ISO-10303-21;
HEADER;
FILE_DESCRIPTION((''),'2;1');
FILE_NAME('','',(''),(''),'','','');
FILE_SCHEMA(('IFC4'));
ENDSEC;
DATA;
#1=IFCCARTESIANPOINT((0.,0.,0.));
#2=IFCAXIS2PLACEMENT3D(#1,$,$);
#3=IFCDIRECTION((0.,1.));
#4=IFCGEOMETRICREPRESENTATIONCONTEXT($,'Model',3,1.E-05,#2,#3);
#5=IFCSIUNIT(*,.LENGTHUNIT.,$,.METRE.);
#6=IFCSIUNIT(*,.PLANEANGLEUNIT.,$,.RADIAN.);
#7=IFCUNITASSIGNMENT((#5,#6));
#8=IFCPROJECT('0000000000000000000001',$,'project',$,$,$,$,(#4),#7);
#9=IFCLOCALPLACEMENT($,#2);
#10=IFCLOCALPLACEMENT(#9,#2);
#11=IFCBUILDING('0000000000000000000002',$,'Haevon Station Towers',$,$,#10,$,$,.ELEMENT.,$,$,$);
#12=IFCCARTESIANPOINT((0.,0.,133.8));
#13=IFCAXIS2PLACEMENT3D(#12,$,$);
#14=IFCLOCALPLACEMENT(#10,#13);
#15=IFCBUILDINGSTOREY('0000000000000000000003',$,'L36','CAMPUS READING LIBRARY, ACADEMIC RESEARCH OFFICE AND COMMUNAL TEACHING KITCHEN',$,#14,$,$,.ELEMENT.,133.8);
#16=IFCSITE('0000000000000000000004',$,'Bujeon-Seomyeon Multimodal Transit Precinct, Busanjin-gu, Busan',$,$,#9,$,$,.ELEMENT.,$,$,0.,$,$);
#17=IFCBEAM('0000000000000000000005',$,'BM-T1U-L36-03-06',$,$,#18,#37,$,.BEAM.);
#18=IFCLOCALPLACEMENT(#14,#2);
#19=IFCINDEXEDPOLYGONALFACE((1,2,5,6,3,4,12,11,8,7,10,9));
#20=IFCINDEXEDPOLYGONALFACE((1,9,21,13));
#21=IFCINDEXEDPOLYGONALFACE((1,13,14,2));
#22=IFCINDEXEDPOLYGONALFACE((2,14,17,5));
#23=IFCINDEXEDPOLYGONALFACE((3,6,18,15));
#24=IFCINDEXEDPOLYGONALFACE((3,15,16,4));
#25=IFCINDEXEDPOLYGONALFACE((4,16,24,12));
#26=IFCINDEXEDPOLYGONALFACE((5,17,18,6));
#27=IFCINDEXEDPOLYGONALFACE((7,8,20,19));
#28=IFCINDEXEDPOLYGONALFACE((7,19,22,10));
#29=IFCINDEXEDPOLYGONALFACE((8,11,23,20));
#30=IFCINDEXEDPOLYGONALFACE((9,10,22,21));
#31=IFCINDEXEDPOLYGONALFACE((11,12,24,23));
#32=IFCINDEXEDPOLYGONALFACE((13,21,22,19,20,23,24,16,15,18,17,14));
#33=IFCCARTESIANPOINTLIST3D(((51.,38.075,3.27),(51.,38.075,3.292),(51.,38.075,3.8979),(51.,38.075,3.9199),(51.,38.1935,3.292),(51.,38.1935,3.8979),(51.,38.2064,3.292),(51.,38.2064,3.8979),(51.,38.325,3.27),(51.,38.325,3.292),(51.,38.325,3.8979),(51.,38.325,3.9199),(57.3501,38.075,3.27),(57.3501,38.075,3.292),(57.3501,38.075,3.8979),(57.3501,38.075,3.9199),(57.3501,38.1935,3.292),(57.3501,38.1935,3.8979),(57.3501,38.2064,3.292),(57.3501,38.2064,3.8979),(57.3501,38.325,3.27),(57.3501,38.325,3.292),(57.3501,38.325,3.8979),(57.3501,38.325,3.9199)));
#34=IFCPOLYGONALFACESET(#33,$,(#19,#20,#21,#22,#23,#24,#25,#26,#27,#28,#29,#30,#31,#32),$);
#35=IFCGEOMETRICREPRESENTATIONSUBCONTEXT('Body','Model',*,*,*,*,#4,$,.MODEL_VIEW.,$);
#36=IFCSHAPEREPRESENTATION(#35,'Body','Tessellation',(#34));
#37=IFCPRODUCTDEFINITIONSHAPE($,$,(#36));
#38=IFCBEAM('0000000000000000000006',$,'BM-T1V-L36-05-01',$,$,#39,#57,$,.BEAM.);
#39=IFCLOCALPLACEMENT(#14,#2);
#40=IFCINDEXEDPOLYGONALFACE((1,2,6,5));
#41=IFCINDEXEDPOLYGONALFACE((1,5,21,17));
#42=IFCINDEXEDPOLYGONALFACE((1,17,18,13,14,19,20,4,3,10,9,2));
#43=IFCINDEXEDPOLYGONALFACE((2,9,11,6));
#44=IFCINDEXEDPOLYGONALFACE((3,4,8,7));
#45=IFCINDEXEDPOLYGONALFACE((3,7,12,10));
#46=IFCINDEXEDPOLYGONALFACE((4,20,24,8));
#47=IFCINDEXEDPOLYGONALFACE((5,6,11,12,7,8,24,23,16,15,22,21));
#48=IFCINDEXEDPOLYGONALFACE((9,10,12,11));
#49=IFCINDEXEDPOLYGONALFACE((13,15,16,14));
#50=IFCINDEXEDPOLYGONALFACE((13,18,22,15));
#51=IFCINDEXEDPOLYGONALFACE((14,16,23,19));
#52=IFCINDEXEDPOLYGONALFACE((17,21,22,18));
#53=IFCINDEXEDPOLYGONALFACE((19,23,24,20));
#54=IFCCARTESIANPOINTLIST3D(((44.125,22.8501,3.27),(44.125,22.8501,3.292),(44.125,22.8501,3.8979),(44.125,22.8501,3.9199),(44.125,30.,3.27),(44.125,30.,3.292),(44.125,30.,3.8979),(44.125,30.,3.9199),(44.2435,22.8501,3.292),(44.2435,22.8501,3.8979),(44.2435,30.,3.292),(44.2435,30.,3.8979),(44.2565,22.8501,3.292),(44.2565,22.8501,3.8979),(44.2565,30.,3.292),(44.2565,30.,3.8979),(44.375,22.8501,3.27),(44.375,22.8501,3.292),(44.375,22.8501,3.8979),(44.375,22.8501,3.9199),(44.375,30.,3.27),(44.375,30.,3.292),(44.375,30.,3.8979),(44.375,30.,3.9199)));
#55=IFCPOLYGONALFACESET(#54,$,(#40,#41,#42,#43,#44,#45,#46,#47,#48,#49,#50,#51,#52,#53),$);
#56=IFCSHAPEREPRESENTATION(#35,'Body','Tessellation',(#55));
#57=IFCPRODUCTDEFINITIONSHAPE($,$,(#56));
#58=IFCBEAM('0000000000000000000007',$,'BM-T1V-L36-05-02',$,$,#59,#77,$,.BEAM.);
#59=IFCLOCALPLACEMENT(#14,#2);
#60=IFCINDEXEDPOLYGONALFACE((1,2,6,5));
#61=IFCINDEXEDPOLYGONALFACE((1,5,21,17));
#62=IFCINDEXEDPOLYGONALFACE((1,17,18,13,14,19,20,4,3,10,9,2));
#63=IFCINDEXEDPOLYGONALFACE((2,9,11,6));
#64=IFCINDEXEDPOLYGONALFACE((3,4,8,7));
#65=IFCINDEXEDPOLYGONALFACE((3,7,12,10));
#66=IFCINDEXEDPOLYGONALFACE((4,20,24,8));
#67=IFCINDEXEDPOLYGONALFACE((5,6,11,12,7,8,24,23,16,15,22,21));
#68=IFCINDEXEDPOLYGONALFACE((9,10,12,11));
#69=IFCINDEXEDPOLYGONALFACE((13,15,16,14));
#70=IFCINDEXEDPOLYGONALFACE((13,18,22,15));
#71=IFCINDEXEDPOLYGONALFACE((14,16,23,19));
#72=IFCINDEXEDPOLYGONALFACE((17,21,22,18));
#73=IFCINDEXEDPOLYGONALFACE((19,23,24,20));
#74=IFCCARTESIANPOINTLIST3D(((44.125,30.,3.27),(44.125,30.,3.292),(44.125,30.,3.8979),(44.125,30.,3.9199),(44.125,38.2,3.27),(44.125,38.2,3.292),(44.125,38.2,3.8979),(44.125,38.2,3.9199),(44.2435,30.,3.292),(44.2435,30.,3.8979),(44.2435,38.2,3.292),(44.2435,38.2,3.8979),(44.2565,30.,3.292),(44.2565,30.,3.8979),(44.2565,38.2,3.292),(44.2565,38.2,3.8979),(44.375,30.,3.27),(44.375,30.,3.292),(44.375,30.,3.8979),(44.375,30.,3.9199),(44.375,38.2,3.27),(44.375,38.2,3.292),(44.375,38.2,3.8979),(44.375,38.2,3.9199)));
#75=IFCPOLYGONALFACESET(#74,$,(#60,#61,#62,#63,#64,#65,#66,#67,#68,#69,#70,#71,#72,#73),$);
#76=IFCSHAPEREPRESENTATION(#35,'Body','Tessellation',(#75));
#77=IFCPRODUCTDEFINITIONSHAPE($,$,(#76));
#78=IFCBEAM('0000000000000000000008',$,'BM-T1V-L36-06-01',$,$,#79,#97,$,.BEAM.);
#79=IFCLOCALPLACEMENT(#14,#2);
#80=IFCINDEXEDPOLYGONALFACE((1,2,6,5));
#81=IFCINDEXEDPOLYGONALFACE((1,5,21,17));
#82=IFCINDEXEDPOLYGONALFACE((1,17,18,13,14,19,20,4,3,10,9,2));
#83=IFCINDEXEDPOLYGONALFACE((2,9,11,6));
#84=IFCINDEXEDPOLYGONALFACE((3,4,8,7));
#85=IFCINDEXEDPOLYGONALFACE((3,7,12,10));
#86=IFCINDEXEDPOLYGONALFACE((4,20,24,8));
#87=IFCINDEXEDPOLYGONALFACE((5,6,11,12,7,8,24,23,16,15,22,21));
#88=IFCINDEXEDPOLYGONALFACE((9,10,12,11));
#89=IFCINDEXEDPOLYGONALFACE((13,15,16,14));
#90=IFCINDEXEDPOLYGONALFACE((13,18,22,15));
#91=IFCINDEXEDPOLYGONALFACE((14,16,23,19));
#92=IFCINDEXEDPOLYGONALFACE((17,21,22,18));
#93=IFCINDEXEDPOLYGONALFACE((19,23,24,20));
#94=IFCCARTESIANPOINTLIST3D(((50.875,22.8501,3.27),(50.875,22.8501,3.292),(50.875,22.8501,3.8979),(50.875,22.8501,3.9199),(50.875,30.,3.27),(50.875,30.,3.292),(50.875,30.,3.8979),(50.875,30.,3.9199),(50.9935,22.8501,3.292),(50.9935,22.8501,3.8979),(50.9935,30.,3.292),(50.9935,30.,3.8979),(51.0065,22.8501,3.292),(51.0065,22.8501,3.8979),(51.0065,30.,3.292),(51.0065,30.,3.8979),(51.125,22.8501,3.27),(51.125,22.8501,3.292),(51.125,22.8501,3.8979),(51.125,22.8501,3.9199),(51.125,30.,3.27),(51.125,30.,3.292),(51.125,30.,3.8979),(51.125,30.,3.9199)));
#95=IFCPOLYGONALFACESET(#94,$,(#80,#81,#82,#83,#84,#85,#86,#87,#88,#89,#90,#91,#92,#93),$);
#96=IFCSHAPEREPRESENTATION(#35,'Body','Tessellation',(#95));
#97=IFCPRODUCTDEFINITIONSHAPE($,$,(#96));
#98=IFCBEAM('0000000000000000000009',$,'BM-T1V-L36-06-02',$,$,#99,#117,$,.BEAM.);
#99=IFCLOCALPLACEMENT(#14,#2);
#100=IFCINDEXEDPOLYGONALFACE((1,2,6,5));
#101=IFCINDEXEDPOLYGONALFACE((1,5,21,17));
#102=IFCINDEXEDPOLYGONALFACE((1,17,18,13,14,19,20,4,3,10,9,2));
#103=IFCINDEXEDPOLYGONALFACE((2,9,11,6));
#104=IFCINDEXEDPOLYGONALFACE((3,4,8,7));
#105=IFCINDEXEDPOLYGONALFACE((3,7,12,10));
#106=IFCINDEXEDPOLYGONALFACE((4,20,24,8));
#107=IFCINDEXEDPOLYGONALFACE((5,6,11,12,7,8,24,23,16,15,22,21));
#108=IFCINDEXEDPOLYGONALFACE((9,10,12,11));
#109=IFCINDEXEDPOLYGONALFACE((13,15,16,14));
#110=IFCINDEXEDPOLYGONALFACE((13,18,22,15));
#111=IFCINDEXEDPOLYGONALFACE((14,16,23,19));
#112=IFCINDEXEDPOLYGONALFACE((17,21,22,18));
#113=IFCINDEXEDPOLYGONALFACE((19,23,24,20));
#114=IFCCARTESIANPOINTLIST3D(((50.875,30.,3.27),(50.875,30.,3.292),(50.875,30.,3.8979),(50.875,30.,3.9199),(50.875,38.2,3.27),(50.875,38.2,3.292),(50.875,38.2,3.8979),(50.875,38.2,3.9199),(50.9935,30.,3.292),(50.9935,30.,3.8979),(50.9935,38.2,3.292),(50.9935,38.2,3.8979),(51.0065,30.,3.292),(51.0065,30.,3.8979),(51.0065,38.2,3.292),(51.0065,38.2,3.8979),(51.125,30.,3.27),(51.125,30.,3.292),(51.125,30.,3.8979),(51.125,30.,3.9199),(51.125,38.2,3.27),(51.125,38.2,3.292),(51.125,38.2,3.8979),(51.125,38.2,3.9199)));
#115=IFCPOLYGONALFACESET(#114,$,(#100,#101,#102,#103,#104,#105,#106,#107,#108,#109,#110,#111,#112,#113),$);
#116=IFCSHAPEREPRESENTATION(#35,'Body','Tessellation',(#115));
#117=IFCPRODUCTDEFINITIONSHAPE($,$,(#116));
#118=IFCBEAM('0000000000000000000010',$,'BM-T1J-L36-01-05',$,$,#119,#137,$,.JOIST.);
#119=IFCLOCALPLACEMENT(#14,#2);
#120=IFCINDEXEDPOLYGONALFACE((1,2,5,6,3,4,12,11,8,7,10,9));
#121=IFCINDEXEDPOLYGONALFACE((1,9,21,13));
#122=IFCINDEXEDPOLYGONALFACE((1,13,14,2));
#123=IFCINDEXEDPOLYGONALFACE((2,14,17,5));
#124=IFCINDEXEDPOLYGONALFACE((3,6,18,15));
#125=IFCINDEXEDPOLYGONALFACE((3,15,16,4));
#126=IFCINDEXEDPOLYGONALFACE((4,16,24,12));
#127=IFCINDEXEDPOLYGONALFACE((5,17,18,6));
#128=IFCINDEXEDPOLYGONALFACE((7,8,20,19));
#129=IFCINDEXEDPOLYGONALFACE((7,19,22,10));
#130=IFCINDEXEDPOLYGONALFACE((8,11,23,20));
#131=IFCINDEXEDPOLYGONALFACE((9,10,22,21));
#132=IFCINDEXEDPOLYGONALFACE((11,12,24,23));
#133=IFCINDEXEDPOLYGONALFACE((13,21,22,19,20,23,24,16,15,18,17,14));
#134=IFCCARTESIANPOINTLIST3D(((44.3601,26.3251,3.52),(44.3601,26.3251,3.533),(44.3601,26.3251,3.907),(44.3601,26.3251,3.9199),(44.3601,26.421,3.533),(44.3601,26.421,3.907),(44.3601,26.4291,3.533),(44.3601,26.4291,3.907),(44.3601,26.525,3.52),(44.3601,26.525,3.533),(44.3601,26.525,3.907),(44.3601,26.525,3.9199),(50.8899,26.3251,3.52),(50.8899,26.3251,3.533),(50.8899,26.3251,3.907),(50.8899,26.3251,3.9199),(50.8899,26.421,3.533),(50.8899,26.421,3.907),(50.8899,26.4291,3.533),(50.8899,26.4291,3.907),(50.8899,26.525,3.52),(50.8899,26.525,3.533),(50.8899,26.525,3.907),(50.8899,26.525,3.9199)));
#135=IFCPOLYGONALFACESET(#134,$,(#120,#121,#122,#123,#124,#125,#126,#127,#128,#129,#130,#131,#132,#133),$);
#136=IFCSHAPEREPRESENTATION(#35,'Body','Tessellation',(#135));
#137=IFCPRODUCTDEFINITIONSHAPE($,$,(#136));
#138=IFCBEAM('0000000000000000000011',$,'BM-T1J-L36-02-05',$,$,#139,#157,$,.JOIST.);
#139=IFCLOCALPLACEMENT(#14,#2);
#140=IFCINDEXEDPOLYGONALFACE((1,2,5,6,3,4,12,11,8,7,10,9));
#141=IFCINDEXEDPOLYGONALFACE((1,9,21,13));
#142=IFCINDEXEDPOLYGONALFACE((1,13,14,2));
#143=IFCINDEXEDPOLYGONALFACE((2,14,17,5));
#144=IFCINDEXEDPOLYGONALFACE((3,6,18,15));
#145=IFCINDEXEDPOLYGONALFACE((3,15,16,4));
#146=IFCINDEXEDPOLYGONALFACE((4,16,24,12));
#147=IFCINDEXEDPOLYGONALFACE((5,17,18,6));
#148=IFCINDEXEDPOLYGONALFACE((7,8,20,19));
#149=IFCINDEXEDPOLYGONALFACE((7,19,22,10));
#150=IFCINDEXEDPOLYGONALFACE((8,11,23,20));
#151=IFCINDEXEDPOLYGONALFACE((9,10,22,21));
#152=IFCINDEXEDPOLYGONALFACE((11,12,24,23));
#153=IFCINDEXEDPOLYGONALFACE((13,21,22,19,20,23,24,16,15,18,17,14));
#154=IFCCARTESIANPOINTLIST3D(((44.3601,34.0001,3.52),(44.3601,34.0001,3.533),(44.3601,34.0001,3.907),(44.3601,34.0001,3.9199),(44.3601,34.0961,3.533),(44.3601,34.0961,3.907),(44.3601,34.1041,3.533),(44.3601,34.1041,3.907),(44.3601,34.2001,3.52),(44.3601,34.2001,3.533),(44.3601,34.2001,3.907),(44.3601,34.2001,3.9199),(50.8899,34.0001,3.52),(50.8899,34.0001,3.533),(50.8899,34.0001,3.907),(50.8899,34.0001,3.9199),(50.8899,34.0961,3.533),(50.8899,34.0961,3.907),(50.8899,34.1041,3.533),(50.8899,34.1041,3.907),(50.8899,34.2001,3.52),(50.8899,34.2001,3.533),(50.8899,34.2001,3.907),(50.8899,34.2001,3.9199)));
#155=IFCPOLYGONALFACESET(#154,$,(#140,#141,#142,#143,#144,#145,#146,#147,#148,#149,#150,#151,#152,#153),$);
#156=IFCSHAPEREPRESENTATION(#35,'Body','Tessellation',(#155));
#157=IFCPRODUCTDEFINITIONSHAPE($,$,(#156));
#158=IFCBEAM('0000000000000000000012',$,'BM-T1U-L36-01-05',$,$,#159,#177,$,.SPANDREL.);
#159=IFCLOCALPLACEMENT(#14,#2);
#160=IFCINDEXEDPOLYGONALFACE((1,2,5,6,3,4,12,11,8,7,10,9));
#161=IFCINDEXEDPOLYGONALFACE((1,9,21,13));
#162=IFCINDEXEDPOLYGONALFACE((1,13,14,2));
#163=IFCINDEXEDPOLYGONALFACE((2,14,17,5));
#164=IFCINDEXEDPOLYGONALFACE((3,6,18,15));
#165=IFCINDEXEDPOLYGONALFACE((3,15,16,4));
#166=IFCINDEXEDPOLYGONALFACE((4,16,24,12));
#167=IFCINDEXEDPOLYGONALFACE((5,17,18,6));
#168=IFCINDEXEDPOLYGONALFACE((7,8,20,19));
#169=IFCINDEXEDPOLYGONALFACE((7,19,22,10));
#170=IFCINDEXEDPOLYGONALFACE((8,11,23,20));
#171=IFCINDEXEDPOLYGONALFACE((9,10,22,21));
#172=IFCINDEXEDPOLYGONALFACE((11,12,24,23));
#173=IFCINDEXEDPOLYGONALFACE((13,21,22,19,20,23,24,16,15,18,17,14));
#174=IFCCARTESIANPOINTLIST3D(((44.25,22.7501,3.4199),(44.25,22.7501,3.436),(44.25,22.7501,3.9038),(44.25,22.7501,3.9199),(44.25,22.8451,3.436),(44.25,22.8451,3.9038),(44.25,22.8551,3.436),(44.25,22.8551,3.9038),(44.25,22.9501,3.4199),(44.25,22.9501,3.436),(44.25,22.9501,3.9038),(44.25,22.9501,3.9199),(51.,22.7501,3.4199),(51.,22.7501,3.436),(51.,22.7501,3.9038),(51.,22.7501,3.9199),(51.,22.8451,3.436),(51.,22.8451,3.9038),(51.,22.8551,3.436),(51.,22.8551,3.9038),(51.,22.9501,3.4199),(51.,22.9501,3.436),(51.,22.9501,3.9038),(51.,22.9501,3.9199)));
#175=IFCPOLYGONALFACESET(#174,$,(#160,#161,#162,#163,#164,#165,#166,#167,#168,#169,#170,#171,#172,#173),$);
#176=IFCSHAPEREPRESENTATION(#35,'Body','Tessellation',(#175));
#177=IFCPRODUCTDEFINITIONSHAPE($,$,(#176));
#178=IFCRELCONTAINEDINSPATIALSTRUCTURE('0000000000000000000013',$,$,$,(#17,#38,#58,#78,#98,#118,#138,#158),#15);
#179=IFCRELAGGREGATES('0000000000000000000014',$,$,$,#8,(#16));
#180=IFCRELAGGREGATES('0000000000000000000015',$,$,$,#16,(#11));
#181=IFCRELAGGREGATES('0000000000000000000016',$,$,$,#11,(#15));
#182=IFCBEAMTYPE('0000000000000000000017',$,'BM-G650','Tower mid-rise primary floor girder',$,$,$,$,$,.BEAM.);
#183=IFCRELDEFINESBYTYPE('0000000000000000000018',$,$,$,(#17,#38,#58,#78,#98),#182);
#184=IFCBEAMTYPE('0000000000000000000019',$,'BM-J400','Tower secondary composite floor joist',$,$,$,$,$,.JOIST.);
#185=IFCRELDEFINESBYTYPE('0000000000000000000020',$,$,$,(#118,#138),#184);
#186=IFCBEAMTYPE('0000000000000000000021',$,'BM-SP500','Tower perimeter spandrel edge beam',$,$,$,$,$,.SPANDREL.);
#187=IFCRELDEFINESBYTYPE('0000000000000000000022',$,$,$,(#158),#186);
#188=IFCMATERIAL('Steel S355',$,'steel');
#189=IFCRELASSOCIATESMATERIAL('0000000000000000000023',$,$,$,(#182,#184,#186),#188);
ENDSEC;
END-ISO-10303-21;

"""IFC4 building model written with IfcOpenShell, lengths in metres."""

from ifc_helpers import new_model, si_unit, direction, frame, origin, origin_2d, place, context, subcontext, project, spatial, i_section, extrude, material, material_profile, profile_set, type_object, element, save


model = new_model("IFC4")

# Units and contexts
model_context = context("Model", 3, precision=1e-05, world=origin(), true_north=direction((0.0, 1.0)))
body_context = subcontext(model_context, "Body", "Model", "MODEL_VIEW")
ifc_project = project(units=[si_unit("LENGTHUNIT", "METRE"), si_unit("PLANEANGLEUNIT", "RADIAN")], contexts=[model_context])

# Site, building, storey
site_placement = place(None, origin())
site = spatial("IfcSite", under=ifc_project, at=site_placement, Name="Bujeon-Seomyeon Multimodal Transit Precinct, Busanjin-gu, Busan", CompositionType="ELEMENT", RefElevation=0.0)
building_placement = place(site_placement, origin())
building = spatial("IfcBuilding", under=site, at=building_placement, Name="Haevon Station Towers", CompositionType="ELEMENT")
storey_placement = place(building_placement, frame((0.0, 0.0, 133.8)))
storey = spatial("IfcBuildingStorey", under=building, at=storey_placement, Name="L36", Description="CAMPUS READING LIBRARY, ACADEMIC RESEARCH OFFICE AND COMMUNAL TEACHING KITCHEN", CompositionType="ELEMENT", Elevation=133.8)

# Beams
ifc_material_1 = material(Name="Steel S355", Category="steel")
ifc_material_profile_1 = material_profile(ifc_material_1, i_section(OverallWidth=0.25, OverallDepth=0.6499, WebThickness=0.0129, FlangeThickness=0.022, at=origin_2d()), Name="H-650x250x13x22")
ifc_profile_set_1 = profile_set([ifc_material_profile_1], Name="Steel S355")
beam_type_1 = type_object("IfcBeamType", Name="BM-G650", Description="Tower mid-rise primary floor girder", PredefinedType="BEAM", material=ifc_profile_set_1)
beam_1_placement = place(storey_placement, frame((51.0, 38.2, 3.595), z_axis=(1.0, 0.0, 0.0), x_axis=(0.0, 1.0, 0.0)))
element("IfcBeam", 1, at=beam_1_placement, inside=storey, type_object=beam_type_1, Name="BM-T1U-L36-03-06", PredefinedType="BEAM", context=body_context, shape_type="SweptSolid", body=[
    extrude(i_section(OverallWidth=0.25, OverallDepth=0.6499, WebThickness=0.0129, FlangeThickness=0.022, at=origin_2d()), origin(), (0.0, 0.0, 1.0), 6.3501),
])
beam_2_placement = place(storey_placement, frame((44.25, 22.8501, 3.595), z_axis=(0.0, 1.0, 0.0), x_axis=(-1.0, 0.0, 0.0)))
element("IfcBeam", 2, at=beam_2_placement, inside=storey, type_object=beam_type_1, Name="BM-T1V-L36-05-01", PredefinedType="BEAM", context=body_context, shape_type="SweptSolid", body=[
    extrude(i_section(OverallWidth=0.25, OverallDepth=0.6499, WebThickness=0.0129, FlangeThickness=0.022, at=origin_2d()), origin(), (0.0, 0.0, 1.0), 7.1499),
])
beam_3_placement = place(storey_placement, frame((44.25, 30.0, 3.595), z_axis=(0.0, 1.0, 0.0), x_axis=(-1.0, 0.0, 0.0)))
element("IfcBeam", 3, at=beam_3_placement, inside=storey, type_object=beam_type_1, Name="BM-T1V-L36-05-02", PredefinedType="BEAM", context=body_context, shape_type="SweptSolid", body=[
    extrude(i_section(OverallWidth=0.25, OverallDepth=0.6499, WebThickness=0.0129, FlangeThickness=0.022, at=origin_2d()), origin(), (0.0, 0.0, 1.0), 8.2),
])
beam_4_placement = place(storey_placement, frame((51.0, 22.8501, 3.595), z_axis=(0.0, 1.0, 0.0), x_axis=(-1.0, 0.0, 0.0)))
element("IfcBeam", 4, at=beam_4_placement, inside=storey, type_object=beam_type_1, Name="BM-T1V-L36-06-01", PredefinedType="BEAM", context=body_context, shape_type="SweptSolid", body=[
    extrude(i_section(OverallWidth=0.25, OverallDepth=0.6499, WebThickness=0.0129, FlangeThickness=0.022, at=origin_2d()), origin(), (0.0, 0.0, 1.0), 7.1499),
])
beam_5_placement = place(storey_placement, frame((51.0, 30.0, 3.595), z_axis=(0.0, 1.0, 0.0), x_axis=(-1.0, 0.0, 0.0)))
element("IfcBeam", 5, at=beam_5_placement, inside=storey, type_object=beam_type_1, Name="BM-T1V-L36-06-02", PredefinedType="BEAM", context=body_context, shape_type="SweptSolid", body=[
    extrude(i_section(OverallWidth=0.25, OverallDepth=0.6499, WebThickness=0.0129, FlangeThickness=0.022, at=origin_2d()), origin(), (0.0, 0.0, 1.0), 8.2),
])
ifc_material_profile_2 = material_profile(ifc_material_1, i_section(OverallWidth=0.2, OverallDepth=0.3999, WebThickness=0.0081, FlangeThickness=0.0129, at=origin_2d()), Name="H-400x200x8x13")
ifc_profile_set_2 = profile_set([ifc_material_profile_2], Name="Steel S355")
beam_type_2 = type_object("IfcBeamType", Name="BM-J400", Description="Tower secondary composite floor joist", PredefinedType="JOIST", material=ifc_profile_set_2)
for number, where, z_axis, x_axis, name in (
    (6, (44.3601, 26.425, 3.72), (1.0, 0.0, 0.0), (0.0, 1.0, 0.0), "BM-T1J-L36-01-05"),
    (7, (44.3601, 34.1001, 3.72), (1.0, 0.0, 0.0), (0.0, 1.0, 0.0), "BM-T1J-L36-02-05"),
):
    element("IfcBeam", number, at=place(storey_placement, frame(where, z_axis=z_axis, x_axis=x_axis)), inside=storey, type_object=beam_type_2, Name=name, PredefinedType="JOIST", context=body_context, shape_type="SweptSolid", body=[
        extrude(i_section(OverallWidth=0.2, OverallDepth=0.3999, WebThickness=0.0081, FlangeThickness=0.0129, at=origin_2d()), origin(), (0.0, 0.0, 1.0), 6.5298),
    ])
ifc_material_profile_3 = material_profile(ifc_material_1, i_section(OverallWidth=0.2, OverallDepth=0.5, WebThickness=0.01, FlangeThickness=0.0161, at=origin_2d()), Name="H-500x200x10x16")
ifc_profile_set_3 = profile_set([ifc_material_profile_3], Name="Steel S355")
beam_type_3 = type_object("IfcBeamType", Name="BM-SP500", Description="Tower perimeter spandrel edge beam", PredefinedType="SPANDREL", material=ifc_profile_set_3)
beam_6_placement = place(storey_placement, frame((44.25, 22.8501, 3.6699), z_axis=(1.0, 0.0, 0.0), x_axis=(0.0, 1.0, 0.0)))
element("IfcBeam", 8, at=beam_6_placement, inside=storey, type_object=beam_type_3, Name="BM-T1U-L36-01-05", PredefinedType="SPANDREL", context=body_context, shape_type="SweptSolid", body=[
    extrude(i_section(OverallWidth=0.2, OverallDepth=0.5, WebThickness=0.01, FlangeThickness=0.0161, at=origin_2d()), origin(), (0.0, 0.0, 1.0), 6.75),
])

save(model, "model.ifc")
